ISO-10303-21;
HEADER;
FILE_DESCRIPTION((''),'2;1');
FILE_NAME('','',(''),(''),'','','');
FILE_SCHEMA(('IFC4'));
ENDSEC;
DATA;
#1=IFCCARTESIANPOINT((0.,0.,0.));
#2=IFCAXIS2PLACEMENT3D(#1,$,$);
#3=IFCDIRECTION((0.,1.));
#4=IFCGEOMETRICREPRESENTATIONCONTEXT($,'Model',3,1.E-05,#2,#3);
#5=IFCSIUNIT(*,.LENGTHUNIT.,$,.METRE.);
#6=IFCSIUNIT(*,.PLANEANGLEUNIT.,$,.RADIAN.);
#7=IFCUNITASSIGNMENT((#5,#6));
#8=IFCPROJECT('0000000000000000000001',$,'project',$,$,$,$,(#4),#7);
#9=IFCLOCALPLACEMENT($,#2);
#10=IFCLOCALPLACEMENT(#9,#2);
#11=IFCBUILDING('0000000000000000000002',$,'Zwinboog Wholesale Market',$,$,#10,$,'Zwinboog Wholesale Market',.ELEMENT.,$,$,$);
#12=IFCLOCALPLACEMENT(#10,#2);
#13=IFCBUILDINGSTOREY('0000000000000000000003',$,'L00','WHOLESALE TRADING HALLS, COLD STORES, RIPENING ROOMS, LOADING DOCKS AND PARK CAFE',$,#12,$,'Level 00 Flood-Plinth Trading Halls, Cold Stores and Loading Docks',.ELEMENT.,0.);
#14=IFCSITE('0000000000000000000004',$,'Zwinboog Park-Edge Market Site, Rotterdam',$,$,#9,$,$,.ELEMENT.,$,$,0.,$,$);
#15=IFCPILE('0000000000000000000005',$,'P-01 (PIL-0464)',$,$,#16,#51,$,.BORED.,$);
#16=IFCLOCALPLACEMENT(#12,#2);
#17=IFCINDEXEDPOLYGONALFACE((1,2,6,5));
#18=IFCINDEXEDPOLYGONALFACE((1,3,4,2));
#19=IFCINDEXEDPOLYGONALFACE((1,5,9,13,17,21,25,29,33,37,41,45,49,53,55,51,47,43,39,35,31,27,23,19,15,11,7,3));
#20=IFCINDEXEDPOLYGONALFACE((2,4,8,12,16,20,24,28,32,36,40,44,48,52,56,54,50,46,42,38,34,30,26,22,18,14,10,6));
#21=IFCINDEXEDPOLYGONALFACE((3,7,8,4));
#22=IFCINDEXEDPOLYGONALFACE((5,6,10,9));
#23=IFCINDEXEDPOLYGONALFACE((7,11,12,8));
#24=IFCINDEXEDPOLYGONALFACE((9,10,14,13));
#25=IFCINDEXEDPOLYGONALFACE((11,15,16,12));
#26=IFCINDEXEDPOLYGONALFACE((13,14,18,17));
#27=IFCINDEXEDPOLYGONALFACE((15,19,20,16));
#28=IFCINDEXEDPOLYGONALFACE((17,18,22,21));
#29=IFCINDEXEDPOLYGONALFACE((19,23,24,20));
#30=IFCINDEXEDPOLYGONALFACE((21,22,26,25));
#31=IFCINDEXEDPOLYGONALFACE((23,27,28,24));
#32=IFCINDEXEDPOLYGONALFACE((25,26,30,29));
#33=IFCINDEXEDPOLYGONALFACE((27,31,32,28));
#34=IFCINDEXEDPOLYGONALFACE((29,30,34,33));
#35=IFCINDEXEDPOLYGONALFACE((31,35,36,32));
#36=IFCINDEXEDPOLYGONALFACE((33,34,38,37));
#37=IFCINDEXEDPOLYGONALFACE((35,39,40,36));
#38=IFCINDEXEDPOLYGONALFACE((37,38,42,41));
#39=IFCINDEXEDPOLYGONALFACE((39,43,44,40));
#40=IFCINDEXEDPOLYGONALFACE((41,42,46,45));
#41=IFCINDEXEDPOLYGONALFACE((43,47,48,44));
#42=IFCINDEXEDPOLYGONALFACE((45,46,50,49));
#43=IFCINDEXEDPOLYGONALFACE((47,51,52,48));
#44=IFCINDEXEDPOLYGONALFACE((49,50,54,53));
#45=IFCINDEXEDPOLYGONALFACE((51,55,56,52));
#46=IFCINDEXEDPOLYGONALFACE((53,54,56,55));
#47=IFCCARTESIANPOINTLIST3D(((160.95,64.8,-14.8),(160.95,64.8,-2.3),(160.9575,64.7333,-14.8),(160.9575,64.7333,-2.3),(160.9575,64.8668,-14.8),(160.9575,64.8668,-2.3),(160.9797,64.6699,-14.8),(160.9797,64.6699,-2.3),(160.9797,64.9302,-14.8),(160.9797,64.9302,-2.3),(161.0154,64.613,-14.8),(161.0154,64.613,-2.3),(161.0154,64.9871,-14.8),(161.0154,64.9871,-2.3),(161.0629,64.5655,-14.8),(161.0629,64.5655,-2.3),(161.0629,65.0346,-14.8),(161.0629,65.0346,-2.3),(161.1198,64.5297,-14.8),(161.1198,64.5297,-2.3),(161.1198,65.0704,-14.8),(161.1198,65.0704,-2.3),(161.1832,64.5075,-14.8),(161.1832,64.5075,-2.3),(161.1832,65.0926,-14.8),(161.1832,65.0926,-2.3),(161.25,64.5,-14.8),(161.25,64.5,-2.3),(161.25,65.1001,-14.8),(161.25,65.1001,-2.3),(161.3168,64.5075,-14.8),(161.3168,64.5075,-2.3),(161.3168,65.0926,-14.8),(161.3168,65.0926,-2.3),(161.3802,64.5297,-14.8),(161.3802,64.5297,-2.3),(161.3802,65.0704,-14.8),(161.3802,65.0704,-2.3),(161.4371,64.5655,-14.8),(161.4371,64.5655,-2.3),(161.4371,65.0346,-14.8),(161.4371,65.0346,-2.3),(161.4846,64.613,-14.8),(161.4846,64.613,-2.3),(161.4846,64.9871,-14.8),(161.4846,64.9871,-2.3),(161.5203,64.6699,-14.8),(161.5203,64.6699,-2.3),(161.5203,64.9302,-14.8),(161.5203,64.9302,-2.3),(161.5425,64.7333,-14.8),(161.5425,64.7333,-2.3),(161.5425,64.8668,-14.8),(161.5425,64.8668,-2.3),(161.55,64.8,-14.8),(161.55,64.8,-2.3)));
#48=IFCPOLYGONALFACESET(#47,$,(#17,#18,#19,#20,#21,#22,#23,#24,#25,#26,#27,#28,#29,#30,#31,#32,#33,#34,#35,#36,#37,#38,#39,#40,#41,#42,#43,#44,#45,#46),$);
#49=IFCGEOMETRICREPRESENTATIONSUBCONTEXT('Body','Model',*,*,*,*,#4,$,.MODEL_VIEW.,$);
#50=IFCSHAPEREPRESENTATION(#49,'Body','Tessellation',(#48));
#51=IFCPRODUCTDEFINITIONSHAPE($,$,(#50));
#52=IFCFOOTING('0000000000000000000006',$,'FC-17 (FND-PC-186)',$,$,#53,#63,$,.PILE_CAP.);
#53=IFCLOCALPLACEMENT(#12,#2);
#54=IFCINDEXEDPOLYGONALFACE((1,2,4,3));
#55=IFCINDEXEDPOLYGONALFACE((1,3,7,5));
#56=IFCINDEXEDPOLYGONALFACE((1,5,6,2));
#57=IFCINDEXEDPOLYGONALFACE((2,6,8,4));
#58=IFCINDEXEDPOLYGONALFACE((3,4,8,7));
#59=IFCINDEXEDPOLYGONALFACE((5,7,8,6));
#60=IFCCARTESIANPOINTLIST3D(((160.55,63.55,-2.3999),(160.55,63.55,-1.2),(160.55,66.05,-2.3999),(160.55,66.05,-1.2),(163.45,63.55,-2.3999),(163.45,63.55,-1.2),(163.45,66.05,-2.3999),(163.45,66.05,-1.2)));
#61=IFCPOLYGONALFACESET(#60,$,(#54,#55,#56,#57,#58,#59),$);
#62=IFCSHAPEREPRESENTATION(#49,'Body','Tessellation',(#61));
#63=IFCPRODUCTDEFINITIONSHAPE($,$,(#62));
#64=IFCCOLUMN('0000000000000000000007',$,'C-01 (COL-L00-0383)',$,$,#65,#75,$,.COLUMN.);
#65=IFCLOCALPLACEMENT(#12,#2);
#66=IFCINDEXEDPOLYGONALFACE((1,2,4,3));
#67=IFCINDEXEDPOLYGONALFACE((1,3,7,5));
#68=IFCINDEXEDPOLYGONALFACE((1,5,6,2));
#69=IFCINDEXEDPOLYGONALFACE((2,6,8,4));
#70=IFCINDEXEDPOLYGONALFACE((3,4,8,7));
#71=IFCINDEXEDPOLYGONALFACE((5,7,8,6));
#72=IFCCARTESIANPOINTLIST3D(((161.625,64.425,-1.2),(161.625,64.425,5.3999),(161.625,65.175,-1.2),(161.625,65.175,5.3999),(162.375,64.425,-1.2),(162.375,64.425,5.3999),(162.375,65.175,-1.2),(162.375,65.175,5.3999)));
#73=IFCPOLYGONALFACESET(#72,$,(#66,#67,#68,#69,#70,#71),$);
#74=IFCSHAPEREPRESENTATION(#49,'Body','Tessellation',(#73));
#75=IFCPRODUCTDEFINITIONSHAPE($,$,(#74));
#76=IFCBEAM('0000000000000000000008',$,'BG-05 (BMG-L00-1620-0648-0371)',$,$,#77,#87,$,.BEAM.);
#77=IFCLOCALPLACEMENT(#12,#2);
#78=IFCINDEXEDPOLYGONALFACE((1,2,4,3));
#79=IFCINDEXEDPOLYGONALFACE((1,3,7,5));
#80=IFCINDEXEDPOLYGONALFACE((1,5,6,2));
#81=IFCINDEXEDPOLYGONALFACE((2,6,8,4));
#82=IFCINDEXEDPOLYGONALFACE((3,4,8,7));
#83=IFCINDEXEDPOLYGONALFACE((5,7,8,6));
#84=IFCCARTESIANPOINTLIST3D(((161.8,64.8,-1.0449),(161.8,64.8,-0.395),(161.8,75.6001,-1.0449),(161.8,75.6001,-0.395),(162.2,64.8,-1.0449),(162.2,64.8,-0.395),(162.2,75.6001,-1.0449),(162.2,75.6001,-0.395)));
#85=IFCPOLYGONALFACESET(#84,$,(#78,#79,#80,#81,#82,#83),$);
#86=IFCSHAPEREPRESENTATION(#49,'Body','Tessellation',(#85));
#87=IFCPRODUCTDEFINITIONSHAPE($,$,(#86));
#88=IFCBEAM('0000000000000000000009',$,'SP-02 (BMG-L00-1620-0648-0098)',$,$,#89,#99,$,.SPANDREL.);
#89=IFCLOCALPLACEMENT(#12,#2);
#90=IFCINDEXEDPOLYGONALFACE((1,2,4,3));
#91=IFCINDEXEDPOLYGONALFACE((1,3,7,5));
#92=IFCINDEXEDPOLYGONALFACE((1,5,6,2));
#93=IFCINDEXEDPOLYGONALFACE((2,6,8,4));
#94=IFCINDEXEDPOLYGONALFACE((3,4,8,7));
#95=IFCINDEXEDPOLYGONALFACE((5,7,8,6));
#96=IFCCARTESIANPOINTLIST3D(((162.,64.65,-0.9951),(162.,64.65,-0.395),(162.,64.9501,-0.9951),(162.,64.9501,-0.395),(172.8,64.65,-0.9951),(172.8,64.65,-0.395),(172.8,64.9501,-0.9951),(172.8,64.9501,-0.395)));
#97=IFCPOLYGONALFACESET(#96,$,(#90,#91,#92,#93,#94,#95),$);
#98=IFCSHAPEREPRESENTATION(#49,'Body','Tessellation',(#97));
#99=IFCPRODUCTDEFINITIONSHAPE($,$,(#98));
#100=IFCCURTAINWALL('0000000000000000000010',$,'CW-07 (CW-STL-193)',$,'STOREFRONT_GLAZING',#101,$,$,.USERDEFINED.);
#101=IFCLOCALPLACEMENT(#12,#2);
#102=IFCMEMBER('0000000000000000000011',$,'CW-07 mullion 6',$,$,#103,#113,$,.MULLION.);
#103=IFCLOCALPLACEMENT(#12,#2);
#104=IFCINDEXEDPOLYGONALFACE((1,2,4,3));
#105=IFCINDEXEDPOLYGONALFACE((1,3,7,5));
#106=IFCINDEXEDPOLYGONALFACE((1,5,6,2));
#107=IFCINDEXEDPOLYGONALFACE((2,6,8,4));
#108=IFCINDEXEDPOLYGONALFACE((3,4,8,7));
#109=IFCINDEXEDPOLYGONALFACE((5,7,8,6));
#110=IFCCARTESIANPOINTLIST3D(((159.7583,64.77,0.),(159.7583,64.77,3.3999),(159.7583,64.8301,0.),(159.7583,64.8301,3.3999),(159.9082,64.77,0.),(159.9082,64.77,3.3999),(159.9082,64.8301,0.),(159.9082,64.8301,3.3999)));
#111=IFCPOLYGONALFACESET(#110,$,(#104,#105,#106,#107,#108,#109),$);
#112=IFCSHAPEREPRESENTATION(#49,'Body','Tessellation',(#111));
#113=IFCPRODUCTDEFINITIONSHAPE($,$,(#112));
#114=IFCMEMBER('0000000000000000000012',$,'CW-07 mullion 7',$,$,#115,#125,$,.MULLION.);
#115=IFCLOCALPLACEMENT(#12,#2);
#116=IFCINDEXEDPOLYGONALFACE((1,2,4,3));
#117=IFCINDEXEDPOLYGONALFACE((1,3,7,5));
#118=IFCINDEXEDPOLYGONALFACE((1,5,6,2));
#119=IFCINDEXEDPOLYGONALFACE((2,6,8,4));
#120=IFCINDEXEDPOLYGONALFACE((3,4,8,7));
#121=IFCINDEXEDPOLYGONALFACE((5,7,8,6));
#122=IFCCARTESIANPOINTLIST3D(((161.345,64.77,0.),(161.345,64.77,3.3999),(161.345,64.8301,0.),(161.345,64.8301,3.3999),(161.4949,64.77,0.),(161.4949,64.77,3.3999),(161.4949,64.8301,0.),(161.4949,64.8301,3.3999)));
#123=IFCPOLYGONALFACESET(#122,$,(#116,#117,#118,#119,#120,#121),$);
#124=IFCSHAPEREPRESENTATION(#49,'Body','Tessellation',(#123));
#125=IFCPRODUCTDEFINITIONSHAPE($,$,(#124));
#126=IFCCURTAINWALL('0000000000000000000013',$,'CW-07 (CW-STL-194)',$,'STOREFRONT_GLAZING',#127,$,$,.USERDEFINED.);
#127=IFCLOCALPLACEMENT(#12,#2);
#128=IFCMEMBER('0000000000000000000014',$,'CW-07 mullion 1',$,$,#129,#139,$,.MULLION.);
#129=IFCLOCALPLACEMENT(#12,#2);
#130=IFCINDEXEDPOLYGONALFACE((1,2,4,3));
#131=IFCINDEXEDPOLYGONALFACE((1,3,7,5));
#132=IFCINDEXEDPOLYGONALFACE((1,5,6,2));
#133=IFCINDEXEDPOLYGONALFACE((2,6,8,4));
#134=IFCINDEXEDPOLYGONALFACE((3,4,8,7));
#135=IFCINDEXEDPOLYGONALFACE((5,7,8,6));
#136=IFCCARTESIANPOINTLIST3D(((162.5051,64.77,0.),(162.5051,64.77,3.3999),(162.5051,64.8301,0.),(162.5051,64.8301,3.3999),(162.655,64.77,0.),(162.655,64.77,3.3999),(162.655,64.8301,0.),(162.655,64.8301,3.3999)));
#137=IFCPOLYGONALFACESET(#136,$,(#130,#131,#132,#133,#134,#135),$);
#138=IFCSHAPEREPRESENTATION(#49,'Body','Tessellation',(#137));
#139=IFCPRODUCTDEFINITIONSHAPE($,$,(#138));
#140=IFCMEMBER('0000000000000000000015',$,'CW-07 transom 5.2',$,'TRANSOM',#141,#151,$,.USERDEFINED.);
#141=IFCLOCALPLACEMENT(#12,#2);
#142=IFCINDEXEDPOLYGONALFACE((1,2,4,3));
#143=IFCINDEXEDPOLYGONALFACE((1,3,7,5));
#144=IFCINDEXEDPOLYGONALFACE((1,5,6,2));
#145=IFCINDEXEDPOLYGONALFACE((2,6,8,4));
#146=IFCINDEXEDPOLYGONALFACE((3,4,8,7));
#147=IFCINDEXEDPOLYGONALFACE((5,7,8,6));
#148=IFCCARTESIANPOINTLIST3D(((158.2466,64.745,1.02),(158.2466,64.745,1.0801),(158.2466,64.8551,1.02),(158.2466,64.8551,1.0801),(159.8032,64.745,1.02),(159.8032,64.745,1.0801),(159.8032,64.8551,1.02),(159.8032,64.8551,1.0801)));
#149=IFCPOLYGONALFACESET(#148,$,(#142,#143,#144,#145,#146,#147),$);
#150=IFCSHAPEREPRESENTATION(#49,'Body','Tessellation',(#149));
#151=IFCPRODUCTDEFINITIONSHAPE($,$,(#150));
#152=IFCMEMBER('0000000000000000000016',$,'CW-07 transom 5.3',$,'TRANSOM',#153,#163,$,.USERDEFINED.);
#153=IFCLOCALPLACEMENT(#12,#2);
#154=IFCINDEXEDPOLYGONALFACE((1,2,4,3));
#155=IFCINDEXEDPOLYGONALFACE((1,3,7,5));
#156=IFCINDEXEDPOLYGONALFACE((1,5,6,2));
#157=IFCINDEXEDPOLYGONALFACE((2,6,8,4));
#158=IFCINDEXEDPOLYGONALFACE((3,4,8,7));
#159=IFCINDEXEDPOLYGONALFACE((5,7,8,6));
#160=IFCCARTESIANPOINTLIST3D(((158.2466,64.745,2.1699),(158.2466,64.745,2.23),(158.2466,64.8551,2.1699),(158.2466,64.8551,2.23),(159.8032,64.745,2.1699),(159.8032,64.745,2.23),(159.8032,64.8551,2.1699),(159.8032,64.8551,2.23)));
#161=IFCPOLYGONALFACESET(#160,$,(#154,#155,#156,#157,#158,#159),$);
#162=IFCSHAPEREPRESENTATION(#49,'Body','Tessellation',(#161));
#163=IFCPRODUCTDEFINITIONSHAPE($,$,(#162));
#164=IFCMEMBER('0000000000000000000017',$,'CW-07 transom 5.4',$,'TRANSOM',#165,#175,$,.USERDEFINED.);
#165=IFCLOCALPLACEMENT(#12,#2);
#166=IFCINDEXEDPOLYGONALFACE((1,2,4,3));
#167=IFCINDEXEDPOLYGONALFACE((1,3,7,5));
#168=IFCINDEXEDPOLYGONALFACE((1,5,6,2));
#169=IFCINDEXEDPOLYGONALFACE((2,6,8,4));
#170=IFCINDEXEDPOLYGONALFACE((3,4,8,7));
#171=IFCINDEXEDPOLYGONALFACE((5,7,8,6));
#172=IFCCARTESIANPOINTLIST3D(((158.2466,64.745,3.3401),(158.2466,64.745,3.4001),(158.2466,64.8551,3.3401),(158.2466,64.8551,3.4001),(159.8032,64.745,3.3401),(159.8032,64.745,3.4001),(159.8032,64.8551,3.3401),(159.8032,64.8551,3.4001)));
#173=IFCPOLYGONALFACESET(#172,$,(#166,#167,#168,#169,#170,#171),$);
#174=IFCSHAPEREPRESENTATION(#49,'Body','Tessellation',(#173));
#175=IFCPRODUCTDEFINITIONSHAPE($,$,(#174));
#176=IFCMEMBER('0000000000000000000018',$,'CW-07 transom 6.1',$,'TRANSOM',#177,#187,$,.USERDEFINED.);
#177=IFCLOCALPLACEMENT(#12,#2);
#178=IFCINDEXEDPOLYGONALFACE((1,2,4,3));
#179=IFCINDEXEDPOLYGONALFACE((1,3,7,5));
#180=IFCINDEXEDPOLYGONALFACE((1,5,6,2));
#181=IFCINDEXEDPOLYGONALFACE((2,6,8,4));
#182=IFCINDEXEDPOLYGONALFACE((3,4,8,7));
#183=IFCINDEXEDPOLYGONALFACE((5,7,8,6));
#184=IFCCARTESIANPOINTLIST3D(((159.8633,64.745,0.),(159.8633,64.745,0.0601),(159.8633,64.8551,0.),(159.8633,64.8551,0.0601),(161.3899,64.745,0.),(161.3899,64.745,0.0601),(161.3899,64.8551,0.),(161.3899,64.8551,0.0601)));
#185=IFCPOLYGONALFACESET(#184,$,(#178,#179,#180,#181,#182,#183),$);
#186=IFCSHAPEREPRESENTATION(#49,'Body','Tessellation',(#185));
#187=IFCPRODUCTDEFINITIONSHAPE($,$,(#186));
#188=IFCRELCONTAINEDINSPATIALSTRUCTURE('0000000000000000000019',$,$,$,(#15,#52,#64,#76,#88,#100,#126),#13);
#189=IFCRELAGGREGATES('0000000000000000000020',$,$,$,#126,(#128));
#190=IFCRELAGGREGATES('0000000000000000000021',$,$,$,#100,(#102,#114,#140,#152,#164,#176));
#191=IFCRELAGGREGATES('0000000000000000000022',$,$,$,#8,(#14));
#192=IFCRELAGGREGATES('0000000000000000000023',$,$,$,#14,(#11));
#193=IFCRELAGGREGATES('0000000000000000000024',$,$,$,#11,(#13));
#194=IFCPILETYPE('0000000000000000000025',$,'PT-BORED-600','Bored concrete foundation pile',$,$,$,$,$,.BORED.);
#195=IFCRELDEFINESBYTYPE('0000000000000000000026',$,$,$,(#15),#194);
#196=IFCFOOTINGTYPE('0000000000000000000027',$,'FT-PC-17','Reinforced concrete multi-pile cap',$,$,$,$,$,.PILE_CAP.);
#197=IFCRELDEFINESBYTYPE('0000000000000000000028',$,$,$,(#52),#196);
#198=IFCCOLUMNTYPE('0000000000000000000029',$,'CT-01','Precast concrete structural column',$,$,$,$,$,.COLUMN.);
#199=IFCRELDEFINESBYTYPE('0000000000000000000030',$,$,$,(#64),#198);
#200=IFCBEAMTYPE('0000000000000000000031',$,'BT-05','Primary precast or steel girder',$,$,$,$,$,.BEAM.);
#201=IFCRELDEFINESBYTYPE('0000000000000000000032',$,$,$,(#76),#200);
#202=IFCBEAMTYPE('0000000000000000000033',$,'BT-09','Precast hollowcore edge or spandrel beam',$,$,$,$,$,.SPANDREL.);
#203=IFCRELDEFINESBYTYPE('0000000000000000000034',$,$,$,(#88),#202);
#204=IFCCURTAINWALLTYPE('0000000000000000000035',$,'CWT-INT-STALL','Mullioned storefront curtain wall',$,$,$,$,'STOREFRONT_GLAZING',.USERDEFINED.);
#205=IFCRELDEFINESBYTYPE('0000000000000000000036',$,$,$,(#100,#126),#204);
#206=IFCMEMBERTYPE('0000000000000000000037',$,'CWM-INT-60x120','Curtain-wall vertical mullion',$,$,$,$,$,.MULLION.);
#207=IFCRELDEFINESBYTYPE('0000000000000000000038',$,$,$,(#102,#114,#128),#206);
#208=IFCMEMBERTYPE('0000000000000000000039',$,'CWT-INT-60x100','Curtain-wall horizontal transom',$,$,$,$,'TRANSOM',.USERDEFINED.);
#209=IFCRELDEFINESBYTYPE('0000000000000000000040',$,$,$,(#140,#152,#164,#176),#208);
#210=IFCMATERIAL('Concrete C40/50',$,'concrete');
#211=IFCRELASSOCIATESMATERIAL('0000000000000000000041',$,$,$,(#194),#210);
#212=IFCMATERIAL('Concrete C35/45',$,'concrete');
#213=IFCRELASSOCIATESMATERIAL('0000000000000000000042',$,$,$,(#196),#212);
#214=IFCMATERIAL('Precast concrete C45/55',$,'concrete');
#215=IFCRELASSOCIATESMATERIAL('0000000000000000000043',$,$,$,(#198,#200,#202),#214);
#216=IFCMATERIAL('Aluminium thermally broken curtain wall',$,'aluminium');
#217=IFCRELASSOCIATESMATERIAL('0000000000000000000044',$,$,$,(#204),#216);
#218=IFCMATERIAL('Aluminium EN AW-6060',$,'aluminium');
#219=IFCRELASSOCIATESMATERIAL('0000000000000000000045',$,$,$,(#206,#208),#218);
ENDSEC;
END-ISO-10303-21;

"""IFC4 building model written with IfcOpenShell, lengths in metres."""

from ifc_helpers import new_model, si_unit, direction, frame, origin, origin_2d, place, context, subcontext, project, spatial, rectangle, circle, extrude, material, material_profile, profile_set, type_object, element, aggregate, save


model = new_model("IFC4")

# Units and contexts
model_context = context("Model", 3, precision=1e-05, world=origin(), true_north=direction((0.0, 1.0)))
body_context = subcontext(model_context, "Body", "Model", "MODEL_VIEW")
ifc_project = project(units=[si_unit("LENGTHUNIT", "METRE"), si_unit("PLANEANGLEUNIT", "RADIAN")], contexts=[model_context])

# Site, building, storey
site_placement = place(None, origin())
site = spatial("IfcSite", under=ifc_project, at=site_placement, Name="Zwinboog Park-Edge Market Site, Rotterdam", CompositionType="ELEMENT", RefElevation=0.0)
building_placement = place(site_placement, origin())
building = spatial("IfcBuilding", under=site, at=building_placement, Name="Zwinboog Wholesale Market", LongName="Zwinboog Wholesale Market", CompositionType="ELEMENT")
storey_placement = place(building_placement, origin())
storey = spatial("IfcBuildingStorey", under=building, at=storey_placement, Name="L00", Description="WHOLESALE TRADING HALLS, COLD STORES, RIPENING ROOMS, LOADING DOCKS AND PARK CAFE", LongName="Level 00 Flood-Plinth Trading Halls, Cold Stores and Loading Docks", CompositionType="ELEMENT", Elevation=0.0)

# Pile
ifc_material_1 = material(Name="Concrete C40/50", Category="concrete")
ifc_material_profile_1 = material_profile(ifc_material_1, circle(Radius=0.3, at=origin_2d()), Name="PILE D600")
ifc_profile_set_1 = profile_set([ifc_material_profile_1], Name="Concrete C40/50")
pile_type = type_object("IfcPileType", Name="PT-BORED-600", Description="Bored concrete foundation pile", PredefinedType="BORED", material=ifc_profile_set_1)
pile_placement = place(storey_placement, frame((161.25, 64.8, -2.3), z_axis=(0.0, 0.0, -1.0), x_axis=(1.0, 0.0, 0.0)))
element("IfcPile", 1, at=pile_placement, inside=storey, type_object=pile_type, Name="P-01 (PIL-0464)", PredefinedType="BORED", context=body_context, shape_type="SweptSolid", body=[
    extrude(circle(Radius=0.3, at=origin_2d()), origin(), (0.0, 0.0, 1.0), 12.5),
])

# Footing
ifc_material_2 = material(Name="Concrete C35/45", Category="concrete")
footing_type = type_object("IfcFootingType", Name="FT-PC-17", Description="Reinforced concrete multi-pile cap", PredefinedType="PILE_CAP", material=ifc_material_2)
footing_placement = place(storey_placement, frame((162.0, 64.8, -2.3999), z_axis=(0.0, 0.0, 1.0), x_axis=(1.0, 0.0, 0.0)))
element("IfcFooting", 2, at=footing_placement, inside=storey, type_object=footing_type, Name="FC-17 (FND-PC-186)", PredefinedType="PILE_CAP", context=body_context, shape_type="SweptSolid", body=[
    extrude(rectangle(XDim=2.8999, YDim=2.5, at=origin_2d()), origin(), (0.0, 0.0, 1.0), 1.2),
])

# Column
ifc_material_3 = material(Name="Precast concrete C45/55", Category="concrete")
ifc_material_profile_2 = material_profile(ifc_material_3, rectangle(XDim=0.75, YDim=0.75, at=origin_2d()), Name="PC 750x750")
ifc_profile_set_2 = profile_set([ifc_material_profile_2], Name="Precast concrete C45/55")
column_type = type_object("IfcColumnType", Name="CT-01", Description="Precast concrete structural column", PredefinedType="COLUMN", material=ifc_profile_set_2)
column_placement = place(storey_placement, frame((162.0, 64.8, -1.2), z_axis=(0.0, 0.0, 1.0), x_axis=(1.0, 0.0, 0.0)))
element("IfcColumn", 3, at=column_placement, inside=storey, type_object=column_type, Name="C-01 (COL-L00-0383)", PredefinedType="COLUMN", context=body_context, shape_type="SweptSolid", body=[
    extrude(rectangle(XDim=0.75, YDim=0.75, at=origin_2d()), origin(), (0.0, 0.0, 1.0), 6.5999),
])

# Beams
ifc_material_profile_3 = material_profile(ifc_material_3, rectangle(XDim=0.3999, YDim=0.6499, at=origin_2d()), Name="PC 400x650")
ifc_profile_set_3 = profile_set([ifc_material_profile_3], Name="Precast concrete C45/55")
beam_type_1 = type_object("IfcBeamType", Name="BT-05", Description="Primary precast or steel girder", PredefinedType="BEAM", material=ifc_profile_set_3)
beam_1_placement = place(storey_placement, frame((162.0, 64.8, -0.72), z_axis=(0.0, 1.0, 0.0), x_axis=(-1.0, 0.0, 0.0)))
element("IfcBeam", 4, at=beam_1_placement, inside=storey, type_object=beam_type_1, Name="BG-05 (BMG-L00-1620-0648-0371)", PredefinedType="BEAM", context=body_context, shape_type="SweptSolid", body=[
    extrude(rectangle(XDim=0.3999, YDim=0.6499, at=origin_2d()), origin(), (0.0, 0.0, 1.0), 10.8),
])
ifc_material_profile_4 = material_profile(ifc_material_3, rectangle(XDim=0.3, YDim=0.6001, at=origin_2d()), Name="PC 300x600")
ifc_profile_set_4 = profile_set([ifc_material_profile_4], Name="Precast concrete C45/55")
beam_type_2 = type_object("IfcBeamType", Name="BT-09", Description="Precast hollowcore edge or spandrel beam", PredefinedType="SPANDREL", material=ifc_profile_set_4)
beam_2_placement = place(storey_placement, frame((162.0, 64.8, -0.6951), z_axis=(1.0, 0.0, 0.0), x_axis=(0.0, 1.0, 0.0)))
element("IfcBeam", 5, at=beam_2_placement, inside=storey, type_object=beam_type_2, Name="SP-02 (BMG-L00-1620-0648-0098)", PredefinedType="SPANDREL", context=body_context, shape_type="SweptSolid", body=[
    extrude(rectangle(XDim=0.3, YDim=0.6001, at=origin_2d()), origin(), (0.0, 0.0, 1.0), 10.8),
])

# Curtain wall, members
ifc_material_4 = material(Name="Aluminium thermally broken curtain wall", Category="aluminium")
curtain_wall_type = type_object("IfcCurtainWallType", Name="CWT-INT-STALL", Description="Mullioned storefront curtain wall", ElementType="STOREFRONT_GLAZING", PredefinedType="USERDEFINED", material=ifc_material_4)
curtain_wall_1_placement = place(storey_placement, origin())
curtain_wall_1 = element("IfcCurtainWall", 6, at=curtain_wall_1_placement, inside=storey, type_object=curtain_wall_type, Name="CW-07 (CW-STL-193)", ObjectType="STOREFRONT_GLAZING", PredefinedType="USERDEFINED")
ifc_material_5 = material(Name="Aluminium EN AW-6060", Category="aluminium")
ifc_material_profile_5 = material_profile(ifc_material_5, rectangle(XDim=0.0601, YDim=0.1499, at=origin_2d()), Name="AL 60x150")
ifc_profile_set_5 = profile_set([ifc_material_profile_5], Name="Aluminium EN AW-6060")
member_type_1 = type_object("IfcMemberType", Name="CWM-INT-60x120", Description="Curtain-wall vertical mullion", PredefinedType="MULLION", material=ifc_profile_set_5)
member_1_placement = place(storey_placement, frame((159.8333, 64.8, 0.0), z_axis=(0.0, 0.0, 1.0), x_axis=(0.0, 1.0, 0.0)))
member_1 = element("IfcMember", 7, at=member_1_placement, type_object=member_type_1, Name="CW-07 mullion 6", PredefinedType="MULLION", context=body_context, shape_type="SweptSolid", body=[
    extrude(rectangle(XDim=0.0601, YDim=0.1499, at=origin_2d()), origin(), (0.0, 0.0, 1.0), 3.3999),
])
member_2_placement = place(storey_placement, frame((161.4199, 64.8, 0.0), z_axis=(0.0, 0.0, 1.0), x_axis=(0.0, 1.0, 0.0)))
member_2 = element("IfcMember", 8, at=member_2_placement, type_object=member_type_1, Name="CW-07 mullion 7", PredefinedType="MULLION", context=body_context, shape_type="SweptSolid", body=[
    extrude(rectangle(XDim=0.0601, YDim=0.1499, at=origin_2d()), origin(), (0.0, 0.0, 1.0), 3.3999),
])

# Curtain wall, member
curtain_wall_2_placement = place(storey_placement, origin())
curtain_wall_2 = element("IfcCurtainWall", 9, at=curtain_wall_2_placement, inside=storey, type_object=curtain_wall_type, Name="CW-07 (CW-STL-194)", ObjectType="STOREFRONT_GLAZING", PredefinedType="USERDEFINED")
member_3_placement = place(storey_placement, frame((162.5801, 64.8, 0.0), z_axis=(0.0, 0.0, 1.0), x_axis=(0.0, 1.0, 0.0)))
member_3 = element("IfcMember", 10, at=member_3_placement, type_object=member_type_1, Name="CW-07 mullion 1", PredefinedType="MULLION", context=body_context, shape_type="SweptSolid", body=[
    extrude(rectangle(XDim=0.0601, YDim=0.1499, at=origin_2d()), origin(), (0.0, 0.0, 1.0), 3.3999),
])
aggregate(curtain_wall_2, [member_3])

# Members
ifc_material_profile_6 = material_profile(ifc_material_5, rectangle(XDim=0.1101, YDim=0.0601, at=origin_2d()), Name="AL 60x110")
ifc_profile_set_6 = profile_set([ifc_material_profile_6], Name="Aluminium EN AW-6060")
member_type_2 = type_object("IfcMemberType", Name="CWT-INT-60x100", Description="Curtain-wall horizontal transom", ElementType="TRANSOM", PredefinedType="USERDEFINED", material=ifc_profile_set_6)
member_4_placement = place(storey_placement, frame((158.2466, 64.8, 1.05), z_axis=(1.0, 0.0, 0.0), x_axis=(0.0, 1.0, 0.0)))
member_4 = element("IfcMember", 11, at=member_4_placement, type_object=member_type_2, Name="CW-07 transom 5.2", ObjectType="TRANSOM", PredefinedType="USERDEFINED", context=body_context, shape_type="SweptSolid", body=[
    extrude(rectangle(XDim=0.1101, YDim=0.0601, at=origin_2d()), origin(), (0.0, 0.0, 1.0), 1.5566),
])
member_5_placement = place(storey_placement, frame((158.2466, 64.8, 2.2), z_axis=(1.0, 0.0, 0.0), x_axis=(0.0, 1.0, 0.0)))
member_5 = element("IfcMember", 12, at=member_5_placement, type_object=member_type_2, Name="CW-07 transom 5.3", ObjectType="TRANSOM", PredefinedType="USERDEFINED", context=body_context, shape_type="SweptSolid", body=[
    extrude(rectangle(XDim=0.1101, YDim=0.0601, at=origin_2d()), origin(), (0.0, 0.0, 1.0), 1.5566),
])
member_6_placement = place(storey_placement, frame((158.2466, 64.8, 3.3701), z_axis=(1.0, 0.0, 0.0), x_axis=(0.0, 1.0, 0.0)))
member_6 = element("IfcMember", 13, at=member_6_placement, type_object=member_type_2, Name="CW-07 transom 5.4", ObjectType="TRANSOM", PredefinedType="USERDEFINED", context=body_context, shape_type="SweptSolid", body=[
    extrude(rectangle(XDim=0.1101, YDim=0.0601, at=origin_2d()), origin(), (0.0, 0.0, 1.0), 1.5566),
])
member_7_placement = place(storey_placement, frame((159.8633, 64.8, 0.03), z_axis=(1.0, 0.0, 0.0), x_axis=(0.0, 1.0, 0.0)))
member_7 = element("IfcMember", 14, at=member_7_placement, type_object=member_type_2, Name="CW-07 transom 6.1", ObjectType="TRANSOM", PredefinedType="USERDEFINED", context=body_context, shape_type="SweptSolid", body=[
    extrude(rectangle(XDim=0.1101, YDim=0.0601, at=origin_2d()), origin(), (0.0, 0.0, 1.0), 1.5266),
])

aggregate(curtain_wall_1, [member_1, member_2, member_4, member_5, member_6, member_7])

save(model, "model.ifc")
